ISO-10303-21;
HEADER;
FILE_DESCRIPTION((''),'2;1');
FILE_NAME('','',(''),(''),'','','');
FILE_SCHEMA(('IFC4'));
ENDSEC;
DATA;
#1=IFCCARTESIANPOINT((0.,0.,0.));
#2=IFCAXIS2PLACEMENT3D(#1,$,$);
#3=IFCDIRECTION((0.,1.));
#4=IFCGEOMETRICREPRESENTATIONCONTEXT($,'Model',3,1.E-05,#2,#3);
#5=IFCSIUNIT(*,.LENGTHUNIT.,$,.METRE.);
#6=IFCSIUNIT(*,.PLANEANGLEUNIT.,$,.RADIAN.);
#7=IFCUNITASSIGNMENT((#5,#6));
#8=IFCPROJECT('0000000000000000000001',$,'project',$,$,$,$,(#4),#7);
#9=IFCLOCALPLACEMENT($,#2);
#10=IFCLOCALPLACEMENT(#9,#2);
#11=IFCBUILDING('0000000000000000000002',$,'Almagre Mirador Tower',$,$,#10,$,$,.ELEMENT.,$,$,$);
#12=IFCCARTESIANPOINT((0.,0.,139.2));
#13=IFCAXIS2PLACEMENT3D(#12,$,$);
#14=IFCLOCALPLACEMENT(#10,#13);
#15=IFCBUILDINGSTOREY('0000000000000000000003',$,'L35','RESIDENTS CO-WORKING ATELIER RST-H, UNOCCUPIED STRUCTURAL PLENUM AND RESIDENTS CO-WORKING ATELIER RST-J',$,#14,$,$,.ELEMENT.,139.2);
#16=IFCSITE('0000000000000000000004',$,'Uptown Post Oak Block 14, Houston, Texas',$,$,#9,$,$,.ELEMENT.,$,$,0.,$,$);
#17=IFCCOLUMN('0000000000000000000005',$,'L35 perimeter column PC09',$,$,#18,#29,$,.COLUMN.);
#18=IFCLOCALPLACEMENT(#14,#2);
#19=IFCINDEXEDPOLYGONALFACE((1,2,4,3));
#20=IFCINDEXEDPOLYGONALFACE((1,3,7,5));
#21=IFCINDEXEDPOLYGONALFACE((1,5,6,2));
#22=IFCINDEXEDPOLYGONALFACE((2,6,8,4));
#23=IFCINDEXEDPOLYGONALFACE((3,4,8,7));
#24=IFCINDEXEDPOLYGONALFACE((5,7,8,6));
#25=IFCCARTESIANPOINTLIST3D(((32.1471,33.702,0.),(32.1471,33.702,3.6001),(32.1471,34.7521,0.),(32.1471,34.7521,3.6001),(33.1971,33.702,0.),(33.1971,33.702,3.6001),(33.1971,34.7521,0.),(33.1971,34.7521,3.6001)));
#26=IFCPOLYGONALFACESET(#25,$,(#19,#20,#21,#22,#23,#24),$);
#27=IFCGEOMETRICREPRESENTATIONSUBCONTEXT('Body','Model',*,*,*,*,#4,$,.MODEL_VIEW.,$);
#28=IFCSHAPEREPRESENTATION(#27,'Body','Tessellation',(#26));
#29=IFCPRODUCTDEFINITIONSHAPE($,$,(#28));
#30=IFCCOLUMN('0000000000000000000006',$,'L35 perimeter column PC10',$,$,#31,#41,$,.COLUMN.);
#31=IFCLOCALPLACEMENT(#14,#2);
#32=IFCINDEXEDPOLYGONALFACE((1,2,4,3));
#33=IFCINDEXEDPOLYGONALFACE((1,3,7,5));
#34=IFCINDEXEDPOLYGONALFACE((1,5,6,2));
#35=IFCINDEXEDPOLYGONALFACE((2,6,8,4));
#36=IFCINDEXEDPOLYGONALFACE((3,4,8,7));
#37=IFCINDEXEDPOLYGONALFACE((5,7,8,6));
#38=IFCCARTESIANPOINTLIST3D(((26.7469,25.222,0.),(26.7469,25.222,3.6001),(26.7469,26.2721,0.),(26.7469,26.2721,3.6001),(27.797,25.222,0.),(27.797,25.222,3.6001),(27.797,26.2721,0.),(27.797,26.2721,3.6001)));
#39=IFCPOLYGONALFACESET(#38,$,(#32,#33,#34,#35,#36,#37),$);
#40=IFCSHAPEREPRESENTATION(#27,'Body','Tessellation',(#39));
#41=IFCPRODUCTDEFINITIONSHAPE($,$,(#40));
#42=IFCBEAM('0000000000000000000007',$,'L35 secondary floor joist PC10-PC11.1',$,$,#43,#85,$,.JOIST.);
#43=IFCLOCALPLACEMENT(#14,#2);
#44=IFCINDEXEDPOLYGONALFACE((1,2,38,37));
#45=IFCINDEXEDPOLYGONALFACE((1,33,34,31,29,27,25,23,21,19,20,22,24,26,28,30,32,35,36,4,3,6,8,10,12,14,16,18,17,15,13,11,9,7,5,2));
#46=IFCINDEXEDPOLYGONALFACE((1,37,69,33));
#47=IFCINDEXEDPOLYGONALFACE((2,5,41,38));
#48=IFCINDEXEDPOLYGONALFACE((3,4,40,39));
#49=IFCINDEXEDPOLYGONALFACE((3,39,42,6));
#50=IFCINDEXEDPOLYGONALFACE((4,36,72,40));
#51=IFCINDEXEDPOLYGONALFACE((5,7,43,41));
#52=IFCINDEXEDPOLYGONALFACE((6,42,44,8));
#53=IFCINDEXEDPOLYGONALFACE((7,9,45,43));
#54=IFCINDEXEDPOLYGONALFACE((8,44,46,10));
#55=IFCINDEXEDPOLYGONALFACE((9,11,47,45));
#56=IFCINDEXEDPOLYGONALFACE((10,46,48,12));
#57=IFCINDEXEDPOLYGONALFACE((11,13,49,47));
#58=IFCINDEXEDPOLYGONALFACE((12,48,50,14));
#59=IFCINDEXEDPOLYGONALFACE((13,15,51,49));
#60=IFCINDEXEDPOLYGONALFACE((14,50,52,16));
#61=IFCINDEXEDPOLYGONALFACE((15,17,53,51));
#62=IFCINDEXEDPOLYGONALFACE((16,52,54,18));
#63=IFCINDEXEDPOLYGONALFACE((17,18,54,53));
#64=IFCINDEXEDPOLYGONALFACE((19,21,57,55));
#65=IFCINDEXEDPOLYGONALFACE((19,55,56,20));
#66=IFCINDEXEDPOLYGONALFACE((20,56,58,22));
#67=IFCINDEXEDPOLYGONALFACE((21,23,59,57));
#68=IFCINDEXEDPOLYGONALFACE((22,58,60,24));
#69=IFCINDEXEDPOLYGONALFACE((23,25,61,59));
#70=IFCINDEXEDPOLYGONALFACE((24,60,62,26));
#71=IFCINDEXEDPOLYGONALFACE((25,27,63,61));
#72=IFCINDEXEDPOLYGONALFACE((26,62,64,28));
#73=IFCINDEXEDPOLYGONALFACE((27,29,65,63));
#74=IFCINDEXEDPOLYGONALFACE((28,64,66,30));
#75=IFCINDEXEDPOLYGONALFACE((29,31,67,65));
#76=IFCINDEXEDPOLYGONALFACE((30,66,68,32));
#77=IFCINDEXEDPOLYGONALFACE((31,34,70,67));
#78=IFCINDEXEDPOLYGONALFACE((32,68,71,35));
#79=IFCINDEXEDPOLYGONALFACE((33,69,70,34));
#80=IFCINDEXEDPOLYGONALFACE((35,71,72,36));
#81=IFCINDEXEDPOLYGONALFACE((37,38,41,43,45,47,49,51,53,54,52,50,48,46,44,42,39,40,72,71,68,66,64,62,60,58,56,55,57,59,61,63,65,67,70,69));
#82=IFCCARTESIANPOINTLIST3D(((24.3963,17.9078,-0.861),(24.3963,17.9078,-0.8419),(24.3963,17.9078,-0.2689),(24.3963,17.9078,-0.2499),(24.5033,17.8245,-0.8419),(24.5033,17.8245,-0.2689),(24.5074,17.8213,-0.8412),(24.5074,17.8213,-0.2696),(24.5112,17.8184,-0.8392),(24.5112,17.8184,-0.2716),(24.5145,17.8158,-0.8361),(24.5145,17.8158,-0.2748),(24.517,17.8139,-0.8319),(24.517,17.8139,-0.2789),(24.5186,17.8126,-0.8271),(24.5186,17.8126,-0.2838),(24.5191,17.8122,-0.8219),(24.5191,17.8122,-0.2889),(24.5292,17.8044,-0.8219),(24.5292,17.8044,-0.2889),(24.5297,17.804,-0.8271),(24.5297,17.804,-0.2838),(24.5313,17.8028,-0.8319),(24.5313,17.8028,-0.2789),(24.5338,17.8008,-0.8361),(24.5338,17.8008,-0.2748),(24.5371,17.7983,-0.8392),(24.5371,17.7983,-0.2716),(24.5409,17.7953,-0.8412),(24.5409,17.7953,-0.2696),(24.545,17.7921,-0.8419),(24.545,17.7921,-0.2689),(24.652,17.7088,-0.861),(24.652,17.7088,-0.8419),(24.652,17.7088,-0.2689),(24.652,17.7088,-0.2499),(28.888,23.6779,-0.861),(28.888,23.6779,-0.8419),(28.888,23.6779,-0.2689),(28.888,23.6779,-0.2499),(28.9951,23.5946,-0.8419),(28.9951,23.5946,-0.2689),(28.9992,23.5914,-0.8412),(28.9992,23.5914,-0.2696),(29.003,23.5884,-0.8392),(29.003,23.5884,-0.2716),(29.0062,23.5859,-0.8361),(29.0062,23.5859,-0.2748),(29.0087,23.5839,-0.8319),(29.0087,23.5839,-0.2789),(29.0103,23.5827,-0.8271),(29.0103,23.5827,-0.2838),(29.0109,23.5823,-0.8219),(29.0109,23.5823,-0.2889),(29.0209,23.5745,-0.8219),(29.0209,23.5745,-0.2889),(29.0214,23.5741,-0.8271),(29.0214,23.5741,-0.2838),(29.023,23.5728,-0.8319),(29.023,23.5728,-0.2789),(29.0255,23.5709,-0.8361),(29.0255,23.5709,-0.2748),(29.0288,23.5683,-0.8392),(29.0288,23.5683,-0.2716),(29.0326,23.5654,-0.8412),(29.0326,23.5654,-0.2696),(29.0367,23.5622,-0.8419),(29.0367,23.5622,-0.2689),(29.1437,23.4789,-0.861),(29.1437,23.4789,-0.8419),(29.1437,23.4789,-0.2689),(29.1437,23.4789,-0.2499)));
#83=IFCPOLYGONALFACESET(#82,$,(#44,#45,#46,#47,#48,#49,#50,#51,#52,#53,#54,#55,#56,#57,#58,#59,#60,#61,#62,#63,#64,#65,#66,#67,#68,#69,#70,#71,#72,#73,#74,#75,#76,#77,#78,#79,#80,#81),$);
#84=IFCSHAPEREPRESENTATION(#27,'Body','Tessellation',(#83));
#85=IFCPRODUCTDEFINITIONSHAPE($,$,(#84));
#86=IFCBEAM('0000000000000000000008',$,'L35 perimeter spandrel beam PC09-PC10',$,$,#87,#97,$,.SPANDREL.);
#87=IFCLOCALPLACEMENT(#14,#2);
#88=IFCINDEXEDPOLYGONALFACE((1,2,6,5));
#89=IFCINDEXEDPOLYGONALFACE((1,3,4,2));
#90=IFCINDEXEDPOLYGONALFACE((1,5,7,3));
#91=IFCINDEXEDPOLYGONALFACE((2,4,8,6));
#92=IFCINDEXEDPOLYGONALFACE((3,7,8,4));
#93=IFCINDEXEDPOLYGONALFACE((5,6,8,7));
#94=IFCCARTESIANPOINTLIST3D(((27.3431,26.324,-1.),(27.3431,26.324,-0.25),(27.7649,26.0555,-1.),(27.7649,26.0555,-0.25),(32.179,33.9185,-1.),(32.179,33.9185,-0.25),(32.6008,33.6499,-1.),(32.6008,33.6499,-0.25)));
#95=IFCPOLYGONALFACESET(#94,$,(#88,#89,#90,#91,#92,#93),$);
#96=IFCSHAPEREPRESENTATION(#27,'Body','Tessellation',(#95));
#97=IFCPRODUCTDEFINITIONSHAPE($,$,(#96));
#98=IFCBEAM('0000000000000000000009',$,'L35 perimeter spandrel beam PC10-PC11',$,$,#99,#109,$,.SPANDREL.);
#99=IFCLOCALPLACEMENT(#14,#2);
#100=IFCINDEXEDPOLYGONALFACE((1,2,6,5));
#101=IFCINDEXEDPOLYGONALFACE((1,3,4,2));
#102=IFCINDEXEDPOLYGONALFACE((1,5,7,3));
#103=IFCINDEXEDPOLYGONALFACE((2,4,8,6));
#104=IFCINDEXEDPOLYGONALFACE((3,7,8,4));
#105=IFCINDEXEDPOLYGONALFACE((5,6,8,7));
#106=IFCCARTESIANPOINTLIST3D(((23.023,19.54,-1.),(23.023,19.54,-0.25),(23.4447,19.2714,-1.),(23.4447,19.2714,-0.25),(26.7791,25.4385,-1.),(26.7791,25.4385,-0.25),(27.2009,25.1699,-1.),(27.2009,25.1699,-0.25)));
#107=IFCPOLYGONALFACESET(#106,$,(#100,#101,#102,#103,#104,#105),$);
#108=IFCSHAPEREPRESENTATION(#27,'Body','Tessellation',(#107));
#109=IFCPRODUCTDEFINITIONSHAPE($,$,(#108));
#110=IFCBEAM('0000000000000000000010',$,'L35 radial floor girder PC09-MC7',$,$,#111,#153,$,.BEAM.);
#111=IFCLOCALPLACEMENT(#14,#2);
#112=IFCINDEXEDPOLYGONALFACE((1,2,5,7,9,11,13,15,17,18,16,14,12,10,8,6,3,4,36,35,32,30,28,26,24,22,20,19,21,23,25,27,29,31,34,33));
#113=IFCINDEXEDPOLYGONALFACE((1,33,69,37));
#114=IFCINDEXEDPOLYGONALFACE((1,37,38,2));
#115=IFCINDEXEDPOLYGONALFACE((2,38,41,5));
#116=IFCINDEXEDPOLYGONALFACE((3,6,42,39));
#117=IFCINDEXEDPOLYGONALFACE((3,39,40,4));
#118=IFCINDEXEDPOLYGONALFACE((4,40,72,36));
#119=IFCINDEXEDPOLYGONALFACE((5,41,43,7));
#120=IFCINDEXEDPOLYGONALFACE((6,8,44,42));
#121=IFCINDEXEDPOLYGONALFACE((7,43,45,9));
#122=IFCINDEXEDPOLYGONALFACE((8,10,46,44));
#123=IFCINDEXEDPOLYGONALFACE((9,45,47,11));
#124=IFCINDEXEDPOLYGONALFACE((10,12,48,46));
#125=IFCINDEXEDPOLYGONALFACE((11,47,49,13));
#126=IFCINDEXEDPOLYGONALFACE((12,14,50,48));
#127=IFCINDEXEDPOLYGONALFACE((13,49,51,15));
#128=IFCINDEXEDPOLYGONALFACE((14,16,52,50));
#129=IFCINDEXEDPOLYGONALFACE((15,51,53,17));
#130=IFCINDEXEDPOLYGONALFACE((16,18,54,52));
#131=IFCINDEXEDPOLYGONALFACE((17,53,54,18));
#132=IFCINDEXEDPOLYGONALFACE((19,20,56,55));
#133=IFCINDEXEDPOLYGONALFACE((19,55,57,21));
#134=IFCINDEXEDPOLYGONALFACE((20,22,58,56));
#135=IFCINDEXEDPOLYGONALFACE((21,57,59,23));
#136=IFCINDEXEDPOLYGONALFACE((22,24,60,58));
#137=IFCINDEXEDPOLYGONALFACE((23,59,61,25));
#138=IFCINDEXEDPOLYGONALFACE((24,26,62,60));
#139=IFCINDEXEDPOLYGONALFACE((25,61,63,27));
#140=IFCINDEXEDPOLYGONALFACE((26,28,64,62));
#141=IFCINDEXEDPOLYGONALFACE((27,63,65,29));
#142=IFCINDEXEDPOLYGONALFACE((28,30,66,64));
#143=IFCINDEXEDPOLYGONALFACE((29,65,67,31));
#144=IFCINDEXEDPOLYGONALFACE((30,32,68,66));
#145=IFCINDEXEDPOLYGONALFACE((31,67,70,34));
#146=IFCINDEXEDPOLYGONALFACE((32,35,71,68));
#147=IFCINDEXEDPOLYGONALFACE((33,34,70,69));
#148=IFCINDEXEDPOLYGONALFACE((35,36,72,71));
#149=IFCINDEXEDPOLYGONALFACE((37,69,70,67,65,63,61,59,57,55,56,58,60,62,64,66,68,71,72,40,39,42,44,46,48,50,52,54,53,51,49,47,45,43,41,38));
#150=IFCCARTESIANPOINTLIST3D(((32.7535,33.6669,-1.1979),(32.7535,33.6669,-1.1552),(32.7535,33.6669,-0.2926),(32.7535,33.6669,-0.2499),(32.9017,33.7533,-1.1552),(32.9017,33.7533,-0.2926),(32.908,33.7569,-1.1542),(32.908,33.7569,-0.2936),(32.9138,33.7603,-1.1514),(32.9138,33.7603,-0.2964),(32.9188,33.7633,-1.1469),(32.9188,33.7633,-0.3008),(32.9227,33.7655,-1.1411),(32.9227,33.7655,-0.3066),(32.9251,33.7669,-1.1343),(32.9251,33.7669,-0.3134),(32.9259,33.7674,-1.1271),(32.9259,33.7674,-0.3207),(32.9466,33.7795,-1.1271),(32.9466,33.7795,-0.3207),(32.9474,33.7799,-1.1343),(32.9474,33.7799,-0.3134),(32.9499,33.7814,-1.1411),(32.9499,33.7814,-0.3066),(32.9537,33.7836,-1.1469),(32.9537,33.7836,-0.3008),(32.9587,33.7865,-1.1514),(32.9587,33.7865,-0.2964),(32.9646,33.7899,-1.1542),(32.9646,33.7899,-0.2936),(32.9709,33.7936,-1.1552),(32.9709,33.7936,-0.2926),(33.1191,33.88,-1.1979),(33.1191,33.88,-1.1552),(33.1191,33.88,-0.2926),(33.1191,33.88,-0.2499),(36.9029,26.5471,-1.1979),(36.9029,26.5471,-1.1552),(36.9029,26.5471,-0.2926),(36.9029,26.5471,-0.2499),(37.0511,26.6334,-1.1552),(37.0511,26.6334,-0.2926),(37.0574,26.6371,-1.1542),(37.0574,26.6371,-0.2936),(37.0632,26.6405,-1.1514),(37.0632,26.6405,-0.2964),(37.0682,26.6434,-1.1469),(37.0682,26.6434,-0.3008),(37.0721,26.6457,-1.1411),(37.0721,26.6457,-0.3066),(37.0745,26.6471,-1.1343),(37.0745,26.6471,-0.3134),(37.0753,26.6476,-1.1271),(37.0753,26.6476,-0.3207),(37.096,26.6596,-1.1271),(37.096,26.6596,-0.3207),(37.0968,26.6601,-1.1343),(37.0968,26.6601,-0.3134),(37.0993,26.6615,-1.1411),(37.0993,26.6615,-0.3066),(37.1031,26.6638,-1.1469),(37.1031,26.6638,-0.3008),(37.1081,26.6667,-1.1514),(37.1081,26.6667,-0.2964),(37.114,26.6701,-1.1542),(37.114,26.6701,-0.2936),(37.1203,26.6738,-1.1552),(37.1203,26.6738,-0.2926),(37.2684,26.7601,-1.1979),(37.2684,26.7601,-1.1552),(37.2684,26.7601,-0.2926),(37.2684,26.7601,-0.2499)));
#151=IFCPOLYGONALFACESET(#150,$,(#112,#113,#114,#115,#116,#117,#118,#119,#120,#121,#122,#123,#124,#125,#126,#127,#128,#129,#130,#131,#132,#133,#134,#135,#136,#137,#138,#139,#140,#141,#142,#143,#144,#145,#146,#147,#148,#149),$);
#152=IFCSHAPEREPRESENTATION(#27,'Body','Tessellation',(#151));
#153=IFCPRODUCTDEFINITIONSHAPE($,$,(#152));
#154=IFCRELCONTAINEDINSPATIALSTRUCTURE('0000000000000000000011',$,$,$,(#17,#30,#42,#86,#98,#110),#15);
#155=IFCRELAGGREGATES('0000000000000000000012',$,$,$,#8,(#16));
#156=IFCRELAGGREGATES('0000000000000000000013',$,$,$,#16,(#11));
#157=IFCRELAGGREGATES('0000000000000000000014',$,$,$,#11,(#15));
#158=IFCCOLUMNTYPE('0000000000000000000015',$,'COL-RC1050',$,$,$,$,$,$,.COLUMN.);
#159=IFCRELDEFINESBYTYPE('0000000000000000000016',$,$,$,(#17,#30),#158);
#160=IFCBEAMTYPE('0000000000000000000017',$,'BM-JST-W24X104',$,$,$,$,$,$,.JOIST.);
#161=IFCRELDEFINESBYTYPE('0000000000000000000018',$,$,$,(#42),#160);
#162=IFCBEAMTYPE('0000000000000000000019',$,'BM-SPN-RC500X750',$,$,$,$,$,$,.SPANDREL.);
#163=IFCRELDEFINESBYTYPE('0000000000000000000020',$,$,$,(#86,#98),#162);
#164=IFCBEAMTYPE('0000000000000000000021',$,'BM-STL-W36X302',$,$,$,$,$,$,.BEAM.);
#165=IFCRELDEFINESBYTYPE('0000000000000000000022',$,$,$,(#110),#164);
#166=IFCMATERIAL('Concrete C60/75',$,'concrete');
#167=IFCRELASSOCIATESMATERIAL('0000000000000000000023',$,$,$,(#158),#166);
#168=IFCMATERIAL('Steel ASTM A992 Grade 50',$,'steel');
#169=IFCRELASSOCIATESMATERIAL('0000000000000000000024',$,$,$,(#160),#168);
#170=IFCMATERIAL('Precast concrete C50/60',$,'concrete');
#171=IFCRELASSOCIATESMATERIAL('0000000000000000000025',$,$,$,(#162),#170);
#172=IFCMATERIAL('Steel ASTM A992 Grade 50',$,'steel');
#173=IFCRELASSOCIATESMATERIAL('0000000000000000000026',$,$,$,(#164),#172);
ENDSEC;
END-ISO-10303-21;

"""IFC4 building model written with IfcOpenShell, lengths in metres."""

from ifc_helpers import new_model, si_unit, direction, frame, origin, origin_2d, place, context, subcontext, project, spatial, rectangle, i_section, extrude, material, material_profile, profile_set, type_object, element, save


model = new_model("IFC4")

# Units and contexts
model_context = context("Model", 3, precision=1e-05, world=origin(), true_north=direction((0.0, 1.0)))
body_context = subcontext(model_context, "Body", "Model", "MODEL_VIEW")
ifc_project = project(units=[si_unit("LENGTHUNIT", "METRE"), si_unit("PLANEANGLEUNIT", "RADIAN")], contexts=[model_context])

# Site, building, storey
site_placement = place(None, origin())
site = spatial("IfcSite", under=ifc_project, at=site_placement, Name="Uptown Post Oak Block 14, Houston, Texas", CompositionType="ELEMENT", RefElevation=0.0)
building_placement = place(site_placement, origin())
building = spatial("IfcBuilding", under=site, at=building_placement, Name="Almagre Mirador Tower", CompositionType="ELEMENT")
storey_placement = place(building_placement, frame((0.0, 0.0, 139.2)))
storey = spatial("IfcBuildingStorey", under=building, at=storey_placement, Name="L35", Description="RESIDENTS CO-WORKING ATELIER RST-H, UNOCCUPIED STRUCTURAL PLENUM AND RESIDENTS CO-WORKING ATELIER RST-J", CompositionType="ELEMENT", Elevation=139.2)

# Columns
ifc_material_1 = material(Name="Concrete C60/75", Category="concrete")
ifc_material_profile_1 = material_profile(ifc_material_1, rectangle(XDim=1.05, YDim=1.05, at=origin_2d()), Name="RC1050X1050")
ifc_profile_set_1 = profile_set([ifc_material_profile_1], Name="Concrete C60/75")
column_type = type_object("IfcColumnType", Name="COL-RC1050", PredefinedType="COLUMN", material=ifc_profile_set_1)
for number, where, z_axis, x_axis, name in (
    (1, (32.6721, 34.2271, 0.0), (0.0, 0.0, 1.0), (1.0, 0.0, 0.0), "L35 perimeter column PC09"),
    (2, (27.272, 25.7471, 0.0), (0.0, 0.0, 1.0), (1.0, 0.0, 0.0), "L35 perimeter column PC10"),
):
    element("IfcColumn", number, at=place(storey_placement, frame(where, z_axis=z_axis, x_axis=x_axis)), inside=storey, type_object=column_type, Name=name, PredefinedType="COLUMN", context=body_context, shape_type="SweptSolid", body=[
        extrude(rectangle(XDim=1.05, YDim=1.05, at=origin_2d()), origin(), (0.0, 0.0, 1.0), 3.6001),
    ])

# Beams
ifc_material_2 = material(Name="Steel ASTM A992 Grade 50", Category="steel")
ifc_material_profile_2 = material_profile(ifc_material_2, i_section(OverallWidth=0.324, OverallDepth=0.6111, WebThickness=0.0127, FlangeThickness=0.019, FilletRadius=0.02, at=origin_2d()), Name="W24X104")
ifc_profile_set_2 = profile_set([ifc_material_profile_2], Name="Steel ASTM A992 Grade 50")
beam_type_1 = type_object("IfcBeamType", Name="BM-JST-W24X104", PredefinedType="JOIST", material=ifc_profile_set_2)
beam_1_placement = place(storey_placement, frame((29.0159, 23.5784, -0.5554), z_axis=(-0.614273, -0.789093, 0.0), x_axis=(0.789093, -0.614273, 0.0)))
element("IfcBeam", 3, at=beam_1_placement, inside=storey, type_object=beam_type_1, Name="L35 secondary floor joist PC10-PC11.1", PredefinedType="JOIST", context=body_context, shape_type="SweptSolid", body=[
    extrude(i_section(OverallWidth=0.324, OverallDepth=0.6111, WebThickness=0.0127, FlangeThickness=0.019, FilletRadius=0.02, at=origin_2d()), origin(), (0.0, 0.0, 1.0), 7.3123),
])
ifc_material_3 = material(Name="Precast concrete C50/60", Category="concrete")
ifc_material_profile_3 = material_profile(ifc_material_3, rectangle(XDim=0.5, YDim=0.75, at=origin_2d()), Name="RC500X750")
ifc_profile_set_3 = profile_set([ifc_material_profile_3], Name="Precast concrete C50/60")
beam_type_2 = type_object("IfcBeamType", Name="BM-SPN-RC500X750", PredefinedType="SPANDREL", material=ifc_profile_set_3)
beam_2_placement = place(storey_placement, frame((32.3899, 33.7842, -0.625), z_axis=(-0.537119, -0.843506, 0.0), x_axis=(0.843506, -0.537119, 0.0)))
element("IfcBeam", 4, at=beam_2_placement, inside=storey, type_object=beam_type_2, Name="L35 perimeter spandrel beam PC09-PC10", PredefinedType="SPANDREL", context=body_context, shape_type="SweptSolid", body=[
    extrude(rectangle(XDim=0.5, YDim=0.75, at=origin_2d()), origin(), (0.0, 0.0, 1.0), 9.0034),
])
beam_3_placement = place(storey_placement, frame((26.99, 25.3042, -0.625), z_axis=(-0.537135, -0.843496, 0.0), x_axis=(0.843496, -0.537135, 0.0)))
element("IfcBeam", 5, at=beam_3_placement, inside=storey, type_object=beam_type_2, Name="L35 perimeter spandrel beam PC10-PC11", PredefinedType="SPANDREL", context=body_context, shape_type="SweptSolid", body=[
    extrude(rectangle(XDim=0.5, YDim=0.75, at=origin_2d()), origin(), (0.0, 0.0, 1.0), 6.9929),
])
ifc_material_4 = material(Name="Steel ASTM A992 Grade 50", Category="steel")
ifc_material_profile_4 = material_profile(ifc_material_4, i_section(OverallWidth=0.4231, OverallDepth=0.948, WebThickness=0.0239, FlangeThickness=0.0427, FilletRadius=0.0281, at=origin_2d()), Name="W36X302")
ifc_profile_set_4 = profile_set([ifc_material_profile_4], Name="Steel ASTM A992 Grade 50")
beam_type_3 = type_object("IfcBeamType", Name="BM-STL-W36X302", PredefinedType="BEAM", material=ifc_profile_set_4)
beam_4_placement = place(storey_placement, frame((32.9363, 33.7734, -0.7239), z_axis=(0.503523, -0.863982, 0.0), x_axis=(0.863982, 0.503523, 0.0)))
element("IfcBeam", 6, at=beam_4_placement, inside=storey, type_object=beam_type_3, Name="L35 radial floor girder PC09-MC7", PredefinedType="BEAM", context=body_context, shape_type="SweptSolid", body=[
    extrude(i_section(OverallWidth=0.4231, OverallDepth=0.948, WebThickness=0.0239, FlangeThickness=0.0427, FilletRadius=0.0281, at=origin_2d()), origin(), (0.0, 0.0, 1.0), 8.2407),
])

save(model, "model.ifc")
